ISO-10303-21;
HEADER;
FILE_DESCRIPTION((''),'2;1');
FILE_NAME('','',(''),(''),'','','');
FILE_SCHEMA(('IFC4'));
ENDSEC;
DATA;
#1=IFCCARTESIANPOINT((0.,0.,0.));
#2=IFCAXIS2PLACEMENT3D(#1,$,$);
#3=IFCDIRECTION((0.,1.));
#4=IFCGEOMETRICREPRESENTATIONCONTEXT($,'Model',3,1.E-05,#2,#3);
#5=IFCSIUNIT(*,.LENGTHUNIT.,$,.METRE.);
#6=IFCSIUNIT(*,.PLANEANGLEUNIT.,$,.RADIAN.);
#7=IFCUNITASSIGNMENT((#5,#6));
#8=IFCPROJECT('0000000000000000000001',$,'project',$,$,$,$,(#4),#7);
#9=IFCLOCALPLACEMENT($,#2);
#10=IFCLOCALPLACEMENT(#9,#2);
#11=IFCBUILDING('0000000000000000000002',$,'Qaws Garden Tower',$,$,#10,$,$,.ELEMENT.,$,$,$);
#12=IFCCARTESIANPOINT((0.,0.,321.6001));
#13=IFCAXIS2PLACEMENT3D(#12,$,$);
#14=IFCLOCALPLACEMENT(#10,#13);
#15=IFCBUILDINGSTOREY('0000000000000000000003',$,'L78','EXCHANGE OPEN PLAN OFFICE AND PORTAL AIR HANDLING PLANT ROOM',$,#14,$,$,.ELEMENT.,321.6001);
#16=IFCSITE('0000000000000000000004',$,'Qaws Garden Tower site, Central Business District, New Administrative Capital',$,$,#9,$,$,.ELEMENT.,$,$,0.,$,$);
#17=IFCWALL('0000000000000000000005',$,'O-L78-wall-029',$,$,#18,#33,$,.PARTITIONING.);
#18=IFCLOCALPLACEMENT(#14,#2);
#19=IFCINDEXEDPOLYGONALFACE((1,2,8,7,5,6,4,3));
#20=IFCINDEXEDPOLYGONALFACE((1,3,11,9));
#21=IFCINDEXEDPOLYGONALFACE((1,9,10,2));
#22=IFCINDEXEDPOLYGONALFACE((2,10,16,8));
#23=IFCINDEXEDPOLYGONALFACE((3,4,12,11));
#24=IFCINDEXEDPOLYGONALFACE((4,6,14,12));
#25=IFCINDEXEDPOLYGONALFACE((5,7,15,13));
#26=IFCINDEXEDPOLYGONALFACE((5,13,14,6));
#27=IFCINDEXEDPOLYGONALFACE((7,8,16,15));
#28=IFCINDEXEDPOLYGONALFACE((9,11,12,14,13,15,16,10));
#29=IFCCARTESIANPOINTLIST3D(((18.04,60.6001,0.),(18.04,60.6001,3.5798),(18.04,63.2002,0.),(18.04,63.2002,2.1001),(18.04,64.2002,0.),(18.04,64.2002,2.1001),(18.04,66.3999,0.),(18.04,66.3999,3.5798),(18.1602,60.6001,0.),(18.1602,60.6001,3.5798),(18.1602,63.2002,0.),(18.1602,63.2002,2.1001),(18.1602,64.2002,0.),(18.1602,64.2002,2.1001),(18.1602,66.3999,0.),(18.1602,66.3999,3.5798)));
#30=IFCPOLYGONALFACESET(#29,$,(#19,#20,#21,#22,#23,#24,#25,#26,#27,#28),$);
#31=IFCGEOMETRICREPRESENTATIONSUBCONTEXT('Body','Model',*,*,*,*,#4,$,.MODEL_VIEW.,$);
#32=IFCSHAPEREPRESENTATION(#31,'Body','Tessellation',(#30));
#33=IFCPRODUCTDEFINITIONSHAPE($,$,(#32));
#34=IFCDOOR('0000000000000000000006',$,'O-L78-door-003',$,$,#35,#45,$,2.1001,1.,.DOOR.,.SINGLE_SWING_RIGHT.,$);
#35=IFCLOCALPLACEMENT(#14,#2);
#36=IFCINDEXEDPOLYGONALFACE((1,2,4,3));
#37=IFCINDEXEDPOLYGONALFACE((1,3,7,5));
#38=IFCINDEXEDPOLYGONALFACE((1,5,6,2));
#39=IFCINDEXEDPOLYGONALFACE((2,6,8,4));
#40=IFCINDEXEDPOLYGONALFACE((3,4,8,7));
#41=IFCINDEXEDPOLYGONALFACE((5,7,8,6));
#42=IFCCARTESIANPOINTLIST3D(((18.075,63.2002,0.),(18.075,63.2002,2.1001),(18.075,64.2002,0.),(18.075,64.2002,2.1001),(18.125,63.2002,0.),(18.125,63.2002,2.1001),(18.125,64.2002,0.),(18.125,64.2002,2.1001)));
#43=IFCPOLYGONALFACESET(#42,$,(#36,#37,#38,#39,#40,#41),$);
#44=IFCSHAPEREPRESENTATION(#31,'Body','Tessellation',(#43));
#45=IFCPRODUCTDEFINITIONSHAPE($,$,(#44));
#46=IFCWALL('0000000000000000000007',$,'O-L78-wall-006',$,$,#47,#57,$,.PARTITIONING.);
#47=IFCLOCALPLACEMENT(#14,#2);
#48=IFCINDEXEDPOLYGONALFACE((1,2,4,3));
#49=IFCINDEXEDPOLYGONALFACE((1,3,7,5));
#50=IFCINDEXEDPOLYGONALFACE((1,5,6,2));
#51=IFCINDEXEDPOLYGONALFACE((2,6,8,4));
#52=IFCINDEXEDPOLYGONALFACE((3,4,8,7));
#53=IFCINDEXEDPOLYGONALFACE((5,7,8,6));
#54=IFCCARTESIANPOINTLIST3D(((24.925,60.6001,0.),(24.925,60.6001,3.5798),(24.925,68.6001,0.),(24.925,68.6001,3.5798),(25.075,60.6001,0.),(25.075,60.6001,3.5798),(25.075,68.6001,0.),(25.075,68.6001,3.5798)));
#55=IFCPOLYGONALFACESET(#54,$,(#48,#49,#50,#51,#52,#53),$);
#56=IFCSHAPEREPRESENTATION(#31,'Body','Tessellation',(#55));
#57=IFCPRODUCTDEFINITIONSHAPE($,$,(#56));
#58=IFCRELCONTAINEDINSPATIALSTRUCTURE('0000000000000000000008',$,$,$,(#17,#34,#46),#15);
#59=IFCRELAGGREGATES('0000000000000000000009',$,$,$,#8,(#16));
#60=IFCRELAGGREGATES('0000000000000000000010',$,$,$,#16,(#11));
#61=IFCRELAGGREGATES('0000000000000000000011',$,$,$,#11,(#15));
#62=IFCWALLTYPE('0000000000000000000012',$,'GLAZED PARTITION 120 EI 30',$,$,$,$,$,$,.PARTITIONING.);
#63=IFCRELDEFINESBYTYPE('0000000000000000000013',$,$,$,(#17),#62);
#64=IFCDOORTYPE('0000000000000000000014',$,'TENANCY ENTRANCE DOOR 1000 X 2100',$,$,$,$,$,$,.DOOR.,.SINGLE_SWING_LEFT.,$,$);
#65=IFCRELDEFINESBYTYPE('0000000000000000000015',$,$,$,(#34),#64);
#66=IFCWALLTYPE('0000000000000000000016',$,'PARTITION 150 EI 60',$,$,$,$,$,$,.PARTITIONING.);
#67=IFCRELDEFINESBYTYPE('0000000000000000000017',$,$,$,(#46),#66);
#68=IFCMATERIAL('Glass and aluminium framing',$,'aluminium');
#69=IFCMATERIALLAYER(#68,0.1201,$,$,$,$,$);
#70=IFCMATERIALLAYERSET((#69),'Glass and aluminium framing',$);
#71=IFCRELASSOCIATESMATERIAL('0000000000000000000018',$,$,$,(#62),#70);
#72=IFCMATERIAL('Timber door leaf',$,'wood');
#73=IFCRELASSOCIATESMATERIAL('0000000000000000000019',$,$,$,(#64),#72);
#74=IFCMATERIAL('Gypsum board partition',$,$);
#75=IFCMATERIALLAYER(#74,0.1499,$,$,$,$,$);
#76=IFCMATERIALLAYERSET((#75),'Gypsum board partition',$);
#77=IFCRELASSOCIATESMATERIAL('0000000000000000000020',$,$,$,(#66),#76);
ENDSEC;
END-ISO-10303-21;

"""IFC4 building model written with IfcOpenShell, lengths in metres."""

from ifc_helpers import new_model, si_unit, direction, frame, frame_2d, origin, place, context, subcontext, project, spatial, rectangle, extrude, material, layer, layer_set, type_object, element, fill, save


model = new_model("IFC4")

# Units and contexts
model_context = context("Model", 3, precision=1e-05, world=origin(), true_north=direction((0.0, 1.0)))
body_context = subcontext(model_context, "Body", "Model", "MODEL_VIEW")
ifc_project = project(units=[si_unit("LENGTHUNIT", "METRE"), si_unit("PLANEANGLEUNIT", "RADIAN")], contexts=[model_context])

# Site, building, storey
site_placement = place(None, origin())
site = spatial("IfcSite", under=ifc_project, at=site_placement, Name="Qaws Garden Tower site, Central Business District, New Administrative Capital", CompositionType="ELEMENT", RefElevation=0.0)
building_placement = place(site_placement, origin())
building = spatial("IfcBuilding", under=site, at=building_placement, Name="Qaws Garden Tower", CompositionType="ELEMENT")
storey_placement = place(building_placement, frame((0.0, 0.0, 321.6001)))
storey = spatial("IfcBuildingStorey", under=building, at=storey_placement, Name="L78", Description="EXCHANGE OPEN PLAN OFFICE AND PORTAL AIR HANDLING PLANT ROOM", CompositionType="ELEMENT", Elevation=321.6001)

# Wall, opening, door
ifc_material_1 = material(Name="Glass and aluminium framing", Category="aluminium")
ifc_layer_1 = layer(ifc_material_1, 0.1201)
ifc_layer_set_1 = layer_set([ifc_layer_1], Name="Glass and aluminium framing")
wall_type_1 = type_object("IfcWallType", Name="GLAZED PARTITION 120 EI 30", PredefinedType="PARTITIONING", material=ifc_layer_set_1)
wall_1_placement = place(storey_placement, frame((18.1001, 60.6001, 0.0), z_axis=(0.0, 0.0, 1.0), x_axis=(0.0, 1.0, 0.0)))
wall_1 = element("IfcWall", 1, at=wall_1_placement, inside=storey, type_object=wall_type_1, Name="O-L78-wall-029", PredefinedType="PARTITIONING", context=body_context, shape_type="SweptSolid", body=[
    extrude(rectangle(XDim=5.7998, YDim=0.1201, at=frame_2d((2.8999, 0.0))), origin(), (0.0, 0.0, 1.0), 3.5798),
])
opening_1_placement = place(wall_1_placement, frame((2.6001, 0.0, 0.0)))
opening_1 = element("IfcOpeningElement", 2, at=opening_1_placement, cuts=wall_1, PredefinedType="OPENING", context=body_context, shape_type="SweptSolid", body=[
    extrude(rectangle(XDim=1.0, YDim=2.1001, at=frame_2d((0.5, 1.05))), frame((0.0, 0.0701, 0.0), z_axis=(0.0, -1.0, 0.0), x_axis=(1.0, 0.0, 0.0)), (0.0, 0.0, 1.0), 0.1401),
])
ifc_material_2 = material(Name="Timber door leaf", Category="wood")
door_type = type_object("IfcDoorType", Name="TENANCY ENTRANCE DOOR 1000 X 2100", OperationType="SINGLE_SWING_LEFT", PredefinedType="DOOR", material=ifc_material_2)
door_placement = place(opening_1_placement, frame((1.0, 0.0, 0.0), z_axis=(0.0, 0.0, 1.0), x_axis=(-1.0, 0.0, 0.0)))
door = element("IfcDoor", 3, at=door_placement, inside=storey, type_object=door_type, Name="O-L78-door-003", OperationType="SINGLE_SWING_RIGHT", OverallHeight=2.1001, OverallWidth=1.0, PredefinedType="DOOR", context=body_context, shape_type="SweptSolid", body=[
    extrude(rectangle(XDim=1.0, YDim=2.1001, at=frame_2d((0.5, 1.05))), frame((0.0, 0.0249, 0.0), z_axis=(0.0, -1.0, 0.0), x_axis=(1.0, 0.0, 0.0)), (0.0, 0.0, 1.0), 0.05),
])
fill(opening_1, door)

# Wall
ifc_material_3 = material(Name="Gypsum board partition")
ifc_layer_2 = layer(ifc_material_3, 0.1499)
ifc_layer_set_2 = layer_set([ifc_layer_2], Name="Gypsum board partition")
wall_type_2 = type_object("IfcWallType", Name="PARTITION 150 EI 60", PredefinedType="PARTITIONING", material=ifc_layer_set_2)
wall_2_placement = place(storey_placement, frame((25.0, 60.6001, 0.0), z_axis=(0.0, 0.0, 1.0), x_axis=(0.0, 1.0, 0.0)))
element("IfcWall", 4, at=wall_2_placement, inside=storey, type_object=wall_type_2, Name="O-L78-wall-006", PredefinedType="PARTITIONING", context=body_context, shape_type="SweptSolid", body=[
    extrude(rectangle(XDim=8.0, YDim=0.1499, at=frame_2d((4.0, 0.0))), origin(), (0.0, 0.0, 1.0), 3.5798),
])

save(model, "model.ifc")
